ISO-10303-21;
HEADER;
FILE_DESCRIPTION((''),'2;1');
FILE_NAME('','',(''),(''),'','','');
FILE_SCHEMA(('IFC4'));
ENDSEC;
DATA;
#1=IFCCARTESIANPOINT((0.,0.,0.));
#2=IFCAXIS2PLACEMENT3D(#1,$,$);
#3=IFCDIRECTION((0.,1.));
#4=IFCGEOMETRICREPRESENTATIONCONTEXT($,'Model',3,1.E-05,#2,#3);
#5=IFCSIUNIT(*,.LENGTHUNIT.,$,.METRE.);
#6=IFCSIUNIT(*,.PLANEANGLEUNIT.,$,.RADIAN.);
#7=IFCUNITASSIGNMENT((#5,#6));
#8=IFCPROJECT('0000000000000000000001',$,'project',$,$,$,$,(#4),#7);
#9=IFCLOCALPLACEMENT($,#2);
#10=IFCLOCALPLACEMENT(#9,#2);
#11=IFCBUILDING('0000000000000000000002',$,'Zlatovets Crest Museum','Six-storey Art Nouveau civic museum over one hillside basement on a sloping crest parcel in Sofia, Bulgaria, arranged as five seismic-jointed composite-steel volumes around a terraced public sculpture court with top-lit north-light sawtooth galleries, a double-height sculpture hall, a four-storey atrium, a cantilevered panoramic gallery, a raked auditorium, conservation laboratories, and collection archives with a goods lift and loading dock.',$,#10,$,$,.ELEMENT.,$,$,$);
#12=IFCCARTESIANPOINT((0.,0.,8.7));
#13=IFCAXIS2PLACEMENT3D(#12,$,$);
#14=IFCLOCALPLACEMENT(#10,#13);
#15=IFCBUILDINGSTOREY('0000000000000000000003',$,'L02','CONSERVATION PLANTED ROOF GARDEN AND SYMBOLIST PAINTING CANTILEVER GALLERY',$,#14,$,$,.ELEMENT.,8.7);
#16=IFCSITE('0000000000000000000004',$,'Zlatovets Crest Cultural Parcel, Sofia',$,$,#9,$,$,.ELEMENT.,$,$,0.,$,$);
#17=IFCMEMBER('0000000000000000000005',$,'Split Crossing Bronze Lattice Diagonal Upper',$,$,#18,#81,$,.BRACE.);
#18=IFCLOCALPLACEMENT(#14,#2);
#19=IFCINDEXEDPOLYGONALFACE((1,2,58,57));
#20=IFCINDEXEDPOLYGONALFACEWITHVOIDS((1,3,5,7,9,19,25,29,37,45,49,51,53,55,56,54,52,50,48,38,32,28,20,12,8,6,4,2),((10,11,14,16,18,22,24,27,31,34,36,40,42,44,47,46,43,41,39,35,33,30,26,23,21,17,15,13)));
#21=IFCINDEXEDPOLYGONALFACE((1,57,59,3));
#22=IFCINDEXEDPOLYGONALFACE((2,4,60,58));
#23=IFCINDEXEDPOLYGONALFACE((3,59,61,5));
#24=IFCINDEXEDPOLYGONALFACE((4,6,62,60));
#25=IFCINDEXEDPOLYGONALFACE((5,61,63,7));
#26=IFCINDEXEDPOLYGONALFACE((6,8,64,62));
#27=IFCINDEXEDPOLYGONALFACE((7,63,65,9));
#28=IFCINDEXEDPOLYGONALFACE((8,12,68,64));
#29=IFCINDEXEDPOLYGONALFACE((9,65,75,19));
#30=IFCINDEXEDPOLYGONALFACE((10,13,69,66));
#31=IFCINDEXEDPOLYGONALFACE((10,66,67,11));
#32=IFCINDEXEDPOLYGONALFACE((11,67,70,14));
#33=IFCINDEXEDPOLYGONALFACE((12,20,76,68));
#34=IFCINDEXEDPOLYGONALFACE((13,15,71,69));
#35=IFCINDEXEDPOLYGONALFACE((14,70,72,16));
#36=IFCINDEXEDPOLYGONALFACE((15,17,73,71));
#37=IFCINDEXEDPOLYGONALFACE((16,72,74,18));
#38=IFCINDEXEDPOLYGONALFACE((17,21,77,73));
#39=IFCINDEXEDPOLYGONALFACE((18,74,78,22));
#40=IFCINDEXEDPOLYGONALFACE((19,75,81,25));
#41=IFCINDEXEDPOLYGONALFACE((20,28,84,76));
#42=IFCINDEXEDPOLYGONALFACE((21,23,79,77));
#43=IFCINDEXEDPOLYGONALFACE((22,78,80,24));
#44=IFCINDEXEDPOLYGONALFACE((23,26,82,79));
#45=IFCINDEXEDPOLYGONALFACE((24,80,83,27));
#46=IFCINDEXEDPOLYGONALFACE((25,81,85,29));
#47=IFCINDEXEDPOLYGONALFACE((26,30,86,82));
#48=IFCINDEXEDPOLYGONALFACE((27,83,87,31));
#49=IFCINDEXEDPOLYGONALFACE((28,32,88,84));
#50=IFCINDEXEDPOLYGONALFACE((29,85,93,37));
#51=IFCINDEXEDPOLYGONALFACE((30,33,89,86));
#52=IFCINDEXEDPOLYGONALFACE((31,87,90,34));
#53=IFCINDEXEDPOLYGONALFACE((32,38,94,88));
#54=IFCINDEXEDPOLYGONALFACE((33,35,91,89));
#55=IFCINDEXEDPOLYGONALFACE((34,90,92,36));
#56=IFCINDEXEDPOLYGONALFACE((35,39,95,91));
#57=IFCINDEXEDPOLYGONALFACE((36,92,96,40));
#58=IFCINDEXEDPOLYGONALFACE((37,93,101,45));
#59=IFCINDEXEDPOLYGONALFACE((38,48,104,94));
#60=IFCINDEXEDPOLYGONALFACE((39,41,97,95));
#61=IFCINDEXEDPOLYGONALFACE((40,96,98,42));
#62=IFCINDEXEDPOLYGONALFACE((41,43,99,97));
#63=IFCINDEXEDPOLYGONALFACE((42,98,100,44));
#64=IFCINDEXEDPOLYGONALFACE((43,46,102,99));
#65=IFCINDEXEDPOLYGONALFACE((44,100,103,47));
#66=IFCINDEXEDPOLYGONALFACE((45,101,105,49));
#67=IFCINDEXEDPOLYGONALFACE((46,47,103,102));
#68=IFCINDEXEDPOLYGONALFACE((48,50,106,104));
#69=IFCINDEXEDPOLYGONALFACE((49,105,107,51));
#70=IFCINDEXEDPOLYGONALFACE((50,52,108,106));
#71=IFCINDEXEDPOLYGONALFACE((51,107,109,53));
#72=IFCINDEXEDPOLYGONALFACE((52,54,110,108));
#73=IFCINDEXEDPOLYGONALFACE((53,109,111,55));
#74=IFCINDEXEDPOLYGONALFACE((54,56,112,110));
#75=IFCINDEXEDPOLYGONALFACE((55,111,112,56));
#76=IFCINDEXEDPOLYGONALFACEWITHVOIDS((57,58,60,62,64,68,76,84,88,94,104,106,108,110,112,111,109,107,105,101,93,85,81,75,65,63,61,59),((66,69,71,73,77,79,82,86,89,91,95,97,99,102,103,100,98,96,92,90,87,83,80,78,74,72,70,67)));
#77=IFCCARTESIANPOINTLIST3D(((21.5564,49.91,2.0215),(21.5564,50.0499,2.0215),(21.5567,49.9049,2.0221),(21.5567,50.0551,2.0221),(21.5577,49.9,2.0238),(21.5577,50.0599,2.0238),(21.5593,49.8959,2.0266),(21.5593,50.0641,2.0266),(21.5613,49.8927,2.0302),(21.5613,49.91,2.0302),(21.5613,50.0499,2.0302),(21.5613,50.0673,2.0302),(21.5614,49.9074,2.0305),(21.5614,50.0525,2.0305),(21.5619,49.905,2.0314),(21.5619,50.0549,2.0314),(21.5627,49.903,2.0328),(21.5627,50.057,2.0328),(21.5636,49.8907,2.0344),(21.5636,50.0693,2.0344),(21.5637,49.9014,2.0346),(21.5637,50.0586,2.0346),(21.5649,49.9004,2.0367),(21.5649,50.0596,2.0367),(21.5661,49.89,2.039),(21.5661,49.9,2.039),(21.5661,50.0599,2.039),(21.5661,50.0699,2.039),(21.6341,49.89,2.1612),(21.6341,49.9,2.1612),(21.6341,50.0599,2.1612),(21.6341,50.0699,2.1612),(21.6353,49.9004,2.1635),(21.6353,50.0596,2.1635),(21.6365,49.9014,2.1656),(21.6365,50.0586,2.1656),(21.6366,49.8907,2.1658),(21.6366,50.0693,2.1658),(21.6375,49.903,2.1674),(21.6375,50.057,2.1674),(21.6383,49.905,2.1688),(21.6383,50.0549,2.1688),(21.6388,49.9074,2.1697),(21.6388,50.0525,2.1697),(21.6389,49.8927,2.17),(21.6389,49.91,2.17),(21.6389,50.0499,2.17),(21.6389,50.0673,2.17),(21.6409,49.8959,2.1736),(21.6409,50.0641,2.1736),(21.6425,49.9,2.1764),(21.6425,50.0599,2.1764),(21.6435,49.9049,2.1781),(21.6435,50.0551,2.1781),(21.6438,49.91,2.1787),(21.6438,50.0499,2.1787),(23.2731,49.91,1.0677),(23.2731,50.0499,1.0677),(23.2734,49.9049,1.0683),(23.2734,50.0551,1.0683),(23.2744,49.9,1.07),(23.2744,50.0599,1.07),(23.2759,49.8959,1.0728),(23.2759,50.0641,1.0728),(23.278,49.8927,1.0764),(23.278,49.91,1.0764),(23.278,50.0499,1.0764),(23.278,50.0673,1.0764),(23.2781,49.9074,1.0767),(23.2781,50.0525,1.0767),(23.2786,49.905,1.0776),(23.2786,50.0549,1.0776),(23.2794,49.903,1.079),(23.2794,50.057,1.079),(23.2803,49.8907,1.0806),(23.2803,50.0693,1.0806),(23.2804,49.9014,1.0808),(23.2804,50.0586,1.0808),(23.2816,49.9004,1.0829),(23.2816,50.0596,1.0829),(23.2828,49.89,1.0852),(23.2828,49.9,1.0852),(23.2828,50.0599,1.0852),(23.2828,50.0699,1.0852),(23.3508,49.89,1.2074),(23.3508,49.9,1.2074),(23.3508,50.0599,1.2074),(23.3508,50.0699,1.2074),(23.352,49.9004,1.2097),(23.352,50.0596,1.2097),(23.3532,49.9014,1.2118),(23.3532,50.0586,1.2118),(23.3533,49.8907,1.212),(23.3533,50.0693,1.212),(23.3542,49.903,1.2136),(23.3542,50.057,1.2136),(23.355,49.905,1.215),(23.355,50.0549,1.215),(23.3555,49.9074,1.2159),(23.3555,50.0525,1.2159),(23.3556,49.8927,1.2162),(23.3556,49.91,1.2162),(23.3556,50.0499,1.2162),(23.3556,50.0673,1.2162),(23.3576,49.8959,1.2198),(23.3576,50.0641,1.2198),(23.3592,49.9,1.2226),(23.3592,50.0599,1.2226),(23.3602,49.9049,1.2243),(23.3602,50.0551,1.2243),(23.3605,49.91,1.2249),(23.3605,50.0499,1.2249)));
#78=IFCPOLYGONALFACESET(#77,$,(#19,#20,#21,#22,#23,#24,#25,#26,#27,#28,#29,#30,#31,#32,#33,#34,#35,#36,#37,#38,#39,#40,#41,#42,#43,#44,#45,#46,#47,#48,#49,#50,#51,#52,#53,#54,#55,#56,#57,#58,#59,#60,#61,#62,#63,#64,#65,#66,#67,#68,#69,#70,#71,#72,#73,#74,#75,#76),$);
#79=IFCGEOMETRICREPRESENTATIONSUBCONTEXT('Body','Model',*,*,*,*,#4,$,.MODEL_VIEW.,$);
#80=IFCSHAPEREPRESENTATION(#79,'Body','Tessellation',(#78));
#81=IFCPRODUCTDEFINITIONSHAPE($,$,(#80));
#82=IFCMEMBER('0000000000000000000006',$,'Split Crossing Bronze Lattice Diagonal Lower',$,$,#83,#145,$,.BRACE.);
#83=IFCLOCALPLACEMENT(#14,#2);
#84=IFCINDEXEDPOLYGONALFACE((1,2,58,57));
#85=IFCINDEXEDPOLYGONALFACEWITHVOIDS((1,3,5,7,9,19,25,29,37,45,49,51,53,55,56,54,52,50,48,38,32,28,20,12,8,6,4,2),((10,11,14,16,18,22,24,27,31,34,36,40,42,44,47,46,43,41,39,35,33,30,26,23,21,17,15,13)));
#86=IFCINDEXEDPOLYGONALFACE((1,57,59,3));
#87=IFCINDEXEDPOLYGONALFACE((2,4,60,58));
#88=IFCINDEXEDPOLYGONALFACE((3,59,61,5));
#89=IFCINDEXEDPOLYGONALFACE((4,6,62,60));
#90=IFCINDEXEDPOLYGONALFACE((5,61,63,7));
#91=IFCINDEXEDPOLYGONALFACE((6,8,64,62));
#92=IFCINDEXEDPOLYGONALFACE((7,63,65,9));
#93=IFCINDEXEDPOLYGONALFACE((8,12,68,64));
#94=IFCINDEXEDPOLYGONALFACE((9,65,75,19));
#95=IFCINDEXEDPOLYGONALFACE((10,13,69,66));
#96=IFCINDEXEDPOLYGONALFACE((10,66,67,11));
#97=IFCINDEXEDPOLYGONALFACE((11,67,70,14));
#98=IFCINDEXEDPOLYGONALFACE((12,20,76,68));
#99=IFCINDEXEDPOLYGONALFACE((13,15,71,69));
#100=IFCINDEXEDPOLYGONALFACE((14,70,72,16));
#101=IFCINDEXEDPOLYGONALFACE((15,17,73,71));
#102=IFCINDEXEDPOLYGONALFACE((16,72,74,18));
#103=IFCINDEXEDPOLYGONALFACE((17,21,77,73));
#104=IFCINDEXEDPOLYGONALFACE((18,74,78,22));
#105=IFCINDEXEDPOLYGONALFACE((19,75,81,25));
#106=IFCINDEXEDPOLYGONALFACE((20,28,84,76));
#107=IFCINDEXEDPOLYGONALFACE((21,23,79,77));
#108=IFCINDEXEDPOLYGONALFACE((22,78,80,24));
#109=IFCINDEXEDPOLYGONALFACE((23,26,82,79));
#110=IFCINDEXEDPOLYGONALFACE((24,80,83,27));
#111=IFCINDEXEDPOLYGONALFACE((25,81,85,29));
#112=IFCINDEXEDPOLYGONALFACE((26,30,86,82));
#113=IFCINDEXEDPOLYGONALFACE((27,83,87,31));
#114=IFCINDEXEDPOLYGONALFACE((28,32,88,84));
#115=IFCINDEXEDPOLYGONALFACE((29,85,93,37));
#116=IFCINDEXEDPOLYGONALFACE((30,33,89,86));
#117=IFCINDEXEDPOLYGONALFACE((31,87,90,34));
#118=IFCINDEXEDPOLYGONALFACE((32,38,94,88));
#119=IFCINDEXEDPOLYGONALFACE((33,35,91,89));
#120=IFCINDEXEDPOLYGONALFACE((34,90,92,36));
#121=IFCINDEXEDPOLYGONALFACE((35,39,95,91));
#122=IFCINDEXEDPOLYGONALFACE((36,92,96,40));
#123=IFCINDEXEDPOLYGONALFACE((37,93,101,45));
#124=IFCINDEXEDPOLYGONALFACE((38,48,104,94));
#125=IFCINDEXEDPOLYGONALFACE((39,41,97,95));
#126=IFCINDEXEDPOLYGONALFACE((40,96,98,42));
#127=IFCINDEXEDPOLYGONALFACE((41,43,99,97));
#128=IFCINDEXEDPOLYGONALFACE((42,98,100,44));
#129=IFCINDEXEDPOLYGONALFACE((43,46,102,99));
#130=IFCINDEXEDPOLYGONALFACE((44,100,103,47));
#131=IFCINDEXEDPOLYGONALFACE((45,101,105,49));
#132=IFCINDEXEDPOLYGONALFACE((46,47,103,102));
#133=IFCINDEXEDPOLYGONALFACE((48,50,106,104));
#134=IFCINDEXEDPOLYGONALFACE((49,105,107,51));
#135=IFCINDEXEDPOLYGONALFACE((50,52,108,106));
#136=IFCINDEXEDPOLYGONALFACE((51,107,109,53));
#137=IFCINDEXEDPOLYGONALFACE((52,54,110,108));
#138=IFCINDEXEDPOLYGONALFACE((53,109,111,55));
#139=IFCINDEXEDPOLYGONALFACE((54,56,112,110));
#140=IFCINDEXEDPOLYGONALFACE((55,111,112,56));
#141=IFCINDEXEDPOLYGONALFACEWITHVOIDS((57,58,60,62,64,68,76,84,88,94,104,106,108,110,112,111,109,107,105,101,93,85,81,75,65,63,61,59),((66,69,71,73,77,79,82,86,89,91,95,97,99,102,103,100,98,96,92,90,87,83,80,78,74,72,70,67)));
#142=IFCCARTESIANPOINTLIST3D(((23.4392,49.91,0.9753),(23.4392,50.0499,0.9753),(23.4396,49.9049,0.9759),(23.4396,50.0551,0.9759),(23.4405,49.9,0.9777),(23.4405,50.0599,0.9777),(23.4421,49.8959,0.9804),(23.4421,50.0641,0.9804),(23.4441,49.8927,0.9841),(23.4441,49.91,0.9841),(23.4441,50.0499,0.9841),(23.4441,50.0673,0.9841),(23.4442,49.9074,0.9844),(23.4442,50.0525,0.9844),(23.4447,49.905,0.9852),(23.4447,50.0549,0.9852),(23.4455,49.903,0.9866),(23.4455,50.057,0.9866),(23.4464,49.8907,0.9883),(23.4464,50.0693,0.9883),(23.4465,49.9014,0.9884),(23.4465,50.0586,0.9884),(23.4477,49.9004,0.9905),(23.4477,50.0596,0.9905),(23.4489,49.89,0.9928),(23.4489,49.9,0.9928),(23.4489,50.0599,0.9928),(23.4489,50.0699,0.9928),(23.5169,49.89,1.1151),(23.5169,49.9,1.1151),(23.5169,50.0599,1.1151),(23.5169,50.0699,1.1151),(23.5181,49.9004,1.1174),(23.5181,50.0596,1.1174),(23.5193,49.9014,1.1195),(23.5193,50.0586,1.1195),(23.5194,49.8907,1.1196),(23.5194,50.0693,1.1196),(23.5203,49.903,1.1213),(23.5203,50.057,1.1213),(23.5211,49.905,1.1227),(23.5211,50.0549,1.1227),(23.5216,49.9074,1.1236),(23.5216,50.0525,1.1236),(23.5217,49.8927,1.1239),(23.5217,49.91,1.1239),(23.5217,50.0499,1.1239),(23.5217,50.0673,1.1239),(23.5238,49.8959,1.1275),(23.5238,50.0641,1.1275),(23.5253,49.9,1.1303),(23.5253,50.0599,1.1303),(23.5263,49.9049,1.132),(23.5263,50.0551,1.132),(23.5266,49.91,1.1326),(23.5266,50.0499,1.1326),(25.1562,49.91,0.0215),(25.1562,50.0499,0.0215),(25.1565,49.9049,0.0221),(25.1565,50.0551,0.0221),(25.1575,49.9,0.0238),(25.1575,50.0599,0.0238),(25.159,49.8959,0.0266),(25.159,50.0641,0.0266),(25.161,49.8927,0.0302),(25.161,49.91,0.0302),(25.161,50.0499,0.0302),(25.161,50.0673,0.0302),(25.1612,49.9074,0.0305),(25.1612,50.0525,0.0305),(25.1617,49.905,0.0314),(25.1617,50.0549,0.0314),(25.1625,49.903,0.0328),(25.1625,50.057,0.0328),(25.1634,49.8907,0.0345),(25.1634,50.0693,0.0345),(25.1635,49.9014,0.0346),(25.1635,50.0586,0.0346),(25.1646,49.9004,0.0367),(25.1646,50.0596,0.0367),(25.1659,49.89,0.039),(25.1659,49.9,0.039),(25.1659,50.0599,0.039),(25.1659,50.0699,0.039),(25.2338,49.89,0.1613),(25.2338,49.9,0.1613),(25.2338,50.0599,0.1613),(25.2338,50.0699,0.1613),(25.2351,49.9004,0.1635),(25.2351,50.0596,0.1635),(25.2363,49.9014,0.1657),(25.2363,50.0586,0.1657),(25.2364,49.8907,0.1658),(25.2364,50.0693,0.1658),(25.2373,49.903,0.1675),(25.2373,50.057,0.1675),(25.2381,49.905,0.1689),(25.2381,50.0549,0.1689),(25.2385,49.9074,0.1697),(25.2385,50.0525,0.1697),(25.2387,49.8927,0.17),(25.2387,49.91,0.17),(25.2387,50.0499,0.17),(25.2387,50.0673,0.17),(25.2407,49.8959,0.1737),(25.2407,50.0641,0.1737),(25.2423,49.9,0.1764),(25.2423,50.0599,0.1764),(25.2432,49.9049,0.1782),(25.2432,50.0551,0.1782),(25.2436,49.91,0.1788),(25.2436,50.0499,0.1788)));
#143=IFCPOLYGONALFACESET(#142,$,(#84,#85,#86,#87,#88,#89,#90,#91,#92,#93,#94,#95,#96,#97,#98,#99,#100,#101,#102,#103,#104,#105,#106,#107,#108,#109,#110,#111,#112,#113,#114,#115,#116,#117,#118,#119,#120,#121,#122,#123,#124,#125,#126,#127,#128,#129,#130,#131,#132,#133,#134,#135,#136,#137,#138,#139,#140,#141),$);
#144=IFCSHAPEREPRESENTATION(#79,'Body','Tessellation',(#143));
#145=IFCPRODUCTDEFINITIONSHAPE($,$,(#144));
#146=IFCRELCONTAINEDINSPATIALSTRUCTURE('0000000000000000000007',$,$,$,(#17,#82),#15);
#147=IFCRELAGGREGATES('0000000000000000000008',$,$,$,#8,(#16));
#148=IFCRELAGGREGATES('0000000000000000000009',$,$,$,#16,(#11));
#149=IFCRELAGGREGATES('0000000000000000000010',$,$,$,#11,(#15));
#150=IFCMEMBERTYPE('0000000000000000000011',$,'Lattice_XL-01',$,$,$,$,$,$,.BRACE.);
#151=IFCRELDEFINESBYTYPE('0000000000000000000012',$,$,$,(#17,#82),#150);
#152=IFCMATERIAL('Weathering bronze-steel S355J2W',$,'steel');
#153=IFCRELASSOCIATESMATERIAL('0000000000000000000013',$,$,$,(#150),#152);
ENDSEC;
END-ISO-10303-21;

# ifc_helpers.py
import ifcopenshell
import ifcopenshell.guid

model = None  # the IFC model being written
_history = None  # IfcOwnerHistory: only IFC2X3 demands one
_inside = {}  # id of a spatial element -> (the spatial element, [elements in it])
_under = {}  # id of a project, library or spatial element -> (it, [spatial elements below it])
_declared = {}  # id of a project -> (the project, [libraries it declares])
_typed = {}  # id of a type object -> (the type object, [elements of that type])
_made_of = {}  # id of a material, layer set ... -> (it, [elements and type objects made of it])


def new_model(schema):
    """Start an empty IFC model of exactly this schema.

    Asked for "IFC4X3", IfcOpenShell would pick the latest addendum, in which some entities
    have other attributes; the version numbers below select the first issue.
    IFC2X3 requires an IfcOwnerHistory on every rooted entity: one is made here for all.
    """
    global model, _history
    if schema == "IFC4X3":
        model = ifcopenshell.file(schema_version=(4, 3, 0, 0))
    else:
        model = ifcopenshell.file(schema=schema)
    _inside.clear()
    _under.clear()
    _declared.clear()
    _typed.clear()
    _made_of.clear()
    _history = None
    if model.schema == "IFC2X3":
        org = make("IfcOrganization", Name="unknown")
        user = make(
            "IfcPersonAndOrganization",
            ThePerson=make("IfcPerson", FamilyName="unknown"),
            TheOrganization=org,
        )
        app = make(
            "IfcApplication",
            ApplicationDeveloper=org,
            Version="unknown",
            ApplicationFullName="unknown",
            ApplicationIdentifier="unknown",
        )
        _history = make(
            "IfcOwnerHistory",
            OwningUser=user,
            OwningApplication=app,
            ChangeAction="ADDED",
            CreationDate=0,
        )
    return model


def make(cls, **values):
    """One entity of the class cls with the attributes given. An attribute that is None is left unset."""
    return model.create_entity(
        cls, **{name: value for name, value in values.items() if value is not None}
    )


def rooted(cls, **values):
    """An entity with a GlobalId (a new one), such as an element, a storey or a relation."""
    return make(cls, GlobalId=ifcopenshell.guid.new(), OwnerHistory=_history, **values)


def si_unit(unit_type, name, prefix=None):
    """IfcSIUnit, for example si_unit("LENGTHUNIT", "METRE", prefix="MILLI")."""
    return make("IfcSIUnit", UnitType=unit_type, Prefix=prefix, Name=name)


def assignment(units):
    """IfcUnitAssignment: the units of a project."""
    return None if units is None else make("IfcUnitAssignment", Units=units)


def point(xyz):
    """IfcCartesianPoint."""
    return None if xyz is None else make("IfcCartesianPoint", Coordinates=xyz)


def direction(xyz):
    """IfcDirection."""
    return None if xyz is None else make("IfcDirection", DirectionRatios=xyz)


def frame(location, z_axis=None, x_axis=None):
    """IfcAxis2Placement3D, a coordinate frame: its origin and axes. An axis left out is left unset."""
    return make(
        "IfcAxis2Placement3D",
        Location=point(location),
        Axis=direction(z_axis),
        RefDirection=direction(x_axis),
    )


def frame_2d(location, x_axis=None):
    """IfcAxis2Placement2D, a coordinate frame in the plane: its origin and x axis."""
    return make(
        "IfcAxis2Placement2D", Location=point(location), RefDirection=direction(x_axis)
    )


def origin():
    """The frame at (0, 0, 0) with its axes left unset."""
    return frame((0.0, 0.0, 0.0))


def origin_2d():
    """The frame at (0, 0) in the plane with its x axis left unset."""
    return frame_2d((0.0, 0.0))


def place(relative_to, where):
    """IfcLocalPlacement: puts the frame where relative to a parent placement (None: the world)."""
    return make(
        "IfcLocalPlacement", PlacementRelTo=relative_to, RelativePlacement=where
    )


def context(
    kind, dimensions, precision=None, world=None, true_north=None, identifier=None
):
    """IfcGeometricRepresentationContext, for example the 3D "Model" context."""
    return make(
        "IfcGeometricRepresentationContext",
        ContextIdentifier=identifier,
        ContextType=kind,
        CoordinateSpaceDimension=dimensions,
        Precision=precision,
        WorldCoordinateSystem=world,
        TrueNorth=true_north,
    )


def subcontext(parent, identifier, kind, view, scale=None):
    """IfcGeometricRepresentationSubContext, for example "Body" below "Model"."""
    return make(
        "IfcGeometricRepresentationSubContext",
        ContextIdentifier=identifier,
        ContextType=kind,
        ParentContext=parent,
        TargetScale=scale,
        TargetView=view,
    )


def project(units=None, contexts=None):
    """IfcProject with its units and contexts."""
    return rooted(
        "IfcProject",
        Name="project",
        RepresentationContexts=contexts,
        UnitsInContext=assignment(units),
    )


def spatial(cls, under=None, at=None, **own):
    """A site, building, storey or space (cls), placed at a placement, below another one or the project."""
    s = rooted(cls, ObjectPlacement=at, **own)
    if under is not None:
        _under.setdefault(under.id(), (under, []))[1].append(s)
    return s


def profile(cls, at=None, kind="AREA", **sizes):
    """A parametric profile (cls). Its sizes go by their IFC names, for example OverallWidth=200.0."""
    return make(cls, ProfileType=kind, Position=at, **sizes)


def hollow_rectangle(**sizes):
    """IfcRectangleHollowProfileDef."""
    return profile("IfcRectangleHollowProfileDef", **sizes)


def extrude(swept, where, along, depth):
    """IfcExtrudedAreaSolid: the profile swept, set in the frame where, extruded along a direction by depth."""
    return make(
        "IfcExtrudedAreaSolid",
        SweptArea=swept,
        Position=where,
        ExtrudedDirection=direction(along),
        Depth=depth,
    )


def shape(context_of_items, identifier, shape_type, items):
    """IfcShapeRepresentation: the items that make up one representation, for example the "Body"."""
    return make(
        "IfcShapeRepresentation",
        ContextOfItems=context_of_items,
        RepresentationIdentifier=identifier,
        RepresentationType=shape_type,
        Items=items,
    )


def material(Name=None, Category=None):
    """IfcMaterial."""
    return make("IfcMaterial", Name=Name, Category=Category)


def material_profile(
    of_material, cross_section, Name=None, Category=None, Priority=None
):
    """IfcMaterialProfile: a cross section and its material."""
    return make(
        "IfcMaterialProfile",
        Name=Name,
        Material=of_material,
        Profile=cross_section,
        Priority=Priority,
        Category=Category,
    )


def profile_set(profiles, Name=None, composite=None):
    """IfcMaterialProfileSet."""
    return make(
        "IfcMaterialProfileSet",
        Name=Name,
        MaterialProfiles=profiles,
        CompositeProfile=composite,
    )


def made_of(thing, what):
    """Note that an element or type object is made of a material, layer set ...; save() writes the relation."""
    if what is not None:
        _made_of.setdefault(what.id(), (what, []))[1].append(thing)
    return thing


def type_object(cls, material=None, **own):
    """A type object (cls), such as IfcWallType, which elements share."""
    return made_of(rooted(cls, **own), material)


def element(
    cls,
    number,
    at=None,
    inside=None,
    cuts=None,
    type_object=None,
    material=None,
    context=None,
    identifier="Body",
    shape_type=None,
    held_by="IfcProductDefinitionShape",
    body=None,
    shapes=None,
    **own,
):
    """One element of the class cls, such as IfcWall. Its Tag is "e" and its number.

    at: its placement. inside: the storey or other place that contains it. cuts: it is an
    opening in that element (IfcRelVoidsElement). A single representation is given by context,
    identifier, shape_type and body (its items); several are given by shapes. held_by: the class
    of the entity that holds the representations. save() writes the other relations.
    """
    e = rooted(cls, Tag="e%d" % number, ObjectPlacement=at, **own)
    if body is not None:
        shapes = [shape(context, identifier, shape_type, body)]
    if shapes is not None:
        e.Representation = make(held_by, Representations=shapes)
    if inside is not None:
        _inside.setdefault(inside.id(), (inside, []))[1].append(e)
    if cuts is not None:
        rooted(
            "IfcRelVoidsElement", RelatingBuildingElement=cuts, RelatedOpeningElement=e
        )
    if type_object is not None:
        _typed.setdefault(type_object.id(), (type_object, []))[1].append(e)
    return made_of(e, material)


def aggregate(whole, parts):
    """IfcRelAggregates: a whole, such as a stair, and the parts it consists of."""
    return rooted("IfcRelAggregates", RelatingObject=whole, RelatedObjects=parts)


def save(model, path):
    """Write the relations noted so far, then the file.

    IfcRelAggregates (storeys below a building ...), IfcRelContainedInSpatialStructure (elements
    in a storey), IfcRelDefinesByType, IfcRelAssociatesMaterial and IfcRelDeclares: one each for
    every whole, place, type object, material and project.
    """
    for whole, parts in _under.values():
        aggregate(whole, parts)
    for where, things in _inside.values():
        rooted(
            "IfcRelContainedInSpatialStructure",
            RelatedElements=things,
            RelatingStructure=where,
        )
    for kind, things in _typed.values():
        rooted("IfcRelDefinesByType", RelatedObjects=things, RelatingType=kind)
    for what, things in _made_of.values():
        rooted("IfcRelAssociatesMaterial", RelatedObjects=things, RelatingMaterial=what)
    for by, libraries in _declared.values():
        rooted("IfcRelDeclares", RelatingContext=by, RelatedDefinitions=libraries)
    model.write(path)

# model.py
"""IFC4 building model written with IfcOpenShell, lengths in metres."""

from ifc_helpers import new_model, si_unit, direction, frame, origin, origin_2d, place, context, subcontext, project, spatial, hollow_rectangle, extrude, material, material_profile, profile_set, type_object, element, save


model = new_model("IFC4")

# Units and contexts
model_context = context("Model", 3, precision=1e-05, world=origin(), true_north=direction((0.0, 1.0)))
body_context = subcontext(model_context, "Body", "Model", "MODEL_VIEW")
ifc_project = project(units=[si_unit("LENGTHUNIT", "METRE"), si_unit("PLANEANGLEUNIT", "RADIAN")], contexts=[model_context])

# Site, building, storey
site_placement = place(None, origin())
site = spatial("IfcSite", under=ifc_project, at=site_placement, Name="Zlatovets Crest Cultural Parcel, Sofia", CompositionType="ELEMENT", RefElevation=0.0)
building_placement = place(site_placement, origin())
building = spatial("IfcBuilding", under=site, at=building_placement, Name="Zlatovets Crest Museum", Description="Six-storey Art Nouveau civic museum over one hillside basement on a sloping crest parcel in Sofia, Bulgaria, arranged as five seismic-jointed composite-steel volumes around a terraced public sculpture court with top-lit north-light sawtooth galleries, a double-height sculpture hall, a four-storey atrium, a cantilevered panoramic gallery, a raked auditorium, conservation laboratories, and collection archives with a goods lift and loading dock.", CompositionType="ELEMENT")
storey_placement = place(building_placement, frame((0.0, 0.0, 8.7)))
storey = spatial("IfcBuildingStorey", under=building, at=storey_placement, Name="L02", Description="CONSERVATION PLANTED ROOF GARDEN AND SYMBOLIST PAINTING CANTILEVER GALLERY", CompositionType="ELEMENT", Elevation=8.7)

# Members
ifc_material_1 = material(Name="Weathering bronze-steel S355J2W", Category="steel")
ifc_material_profile_1 = material_profile(ifc_material_1, hollow_rectangle(XDim=0.1799, YDim=0.1799, WallThickness=0.01, InnerFilletRadius=0.01, OuterFilletRadius=0.02, at=origin_2d()), Name="SHS 180x180x10.0")
ifc_profile_set_1 = profile_set([ifc_material_profile_1], Name="Weathering bronze-steel S355J2W")
member_type_1 = type_object("IfcMemberType", Name="Lattice_XL-01", PredefinedType="BRACE", material=ifc_profile_set_1)
member_1_placement = place(storey_placement, frame((21.6001, 49.98, 2.1001), z_axis=(0.87414, 0.0, -0.485675), x_axis=(0.0, 1.0, 0.0)))
element("IfcMember", 1, at=member_1_placement, inside=storey, type_object=member_type_1, Name="Split Crossing Bronze Lattice Diagonal Upper", PredefinedType="BRACE", context=body_context, shape_type="SweptSolid", body=[
    extrude(hollow_rectangle(XDim=0.1799, YDim=0.1799, WallThickness=0.01, InnerFilletRadius=0.01, OuterFilletRadius=0.02, at=origin_2d()), origin(), (0.0, 0.0, 1.0), 1.9639),
])
member_2_placement = place(storey_placement, frame((23.4829, 49.98, 1.054), z_axis=(0.874169, 0.0, -0.485622), x_axis=(0.0, 1.0, 0.0)))
element("IfcMember", 2, at=member_2_placement, inside=storey, type_object=member_type_1, Name="Split Crossing Bronze Lattice Diagonal Lower", PredefinedType="BRACE", context=body_context, shape_type="SweptSolid", body=[
    extrude(hollow_rectangle(XDim=0.1799, YDim=0.1799, WallThickness=0.01, InnerFilletRadius=0.01, OuterFilletRadius=0.02, at=origin_2d()), origin(), (0.0, 0.0, 1.0), 1.9641),
])

save(model, "model.ifc")
